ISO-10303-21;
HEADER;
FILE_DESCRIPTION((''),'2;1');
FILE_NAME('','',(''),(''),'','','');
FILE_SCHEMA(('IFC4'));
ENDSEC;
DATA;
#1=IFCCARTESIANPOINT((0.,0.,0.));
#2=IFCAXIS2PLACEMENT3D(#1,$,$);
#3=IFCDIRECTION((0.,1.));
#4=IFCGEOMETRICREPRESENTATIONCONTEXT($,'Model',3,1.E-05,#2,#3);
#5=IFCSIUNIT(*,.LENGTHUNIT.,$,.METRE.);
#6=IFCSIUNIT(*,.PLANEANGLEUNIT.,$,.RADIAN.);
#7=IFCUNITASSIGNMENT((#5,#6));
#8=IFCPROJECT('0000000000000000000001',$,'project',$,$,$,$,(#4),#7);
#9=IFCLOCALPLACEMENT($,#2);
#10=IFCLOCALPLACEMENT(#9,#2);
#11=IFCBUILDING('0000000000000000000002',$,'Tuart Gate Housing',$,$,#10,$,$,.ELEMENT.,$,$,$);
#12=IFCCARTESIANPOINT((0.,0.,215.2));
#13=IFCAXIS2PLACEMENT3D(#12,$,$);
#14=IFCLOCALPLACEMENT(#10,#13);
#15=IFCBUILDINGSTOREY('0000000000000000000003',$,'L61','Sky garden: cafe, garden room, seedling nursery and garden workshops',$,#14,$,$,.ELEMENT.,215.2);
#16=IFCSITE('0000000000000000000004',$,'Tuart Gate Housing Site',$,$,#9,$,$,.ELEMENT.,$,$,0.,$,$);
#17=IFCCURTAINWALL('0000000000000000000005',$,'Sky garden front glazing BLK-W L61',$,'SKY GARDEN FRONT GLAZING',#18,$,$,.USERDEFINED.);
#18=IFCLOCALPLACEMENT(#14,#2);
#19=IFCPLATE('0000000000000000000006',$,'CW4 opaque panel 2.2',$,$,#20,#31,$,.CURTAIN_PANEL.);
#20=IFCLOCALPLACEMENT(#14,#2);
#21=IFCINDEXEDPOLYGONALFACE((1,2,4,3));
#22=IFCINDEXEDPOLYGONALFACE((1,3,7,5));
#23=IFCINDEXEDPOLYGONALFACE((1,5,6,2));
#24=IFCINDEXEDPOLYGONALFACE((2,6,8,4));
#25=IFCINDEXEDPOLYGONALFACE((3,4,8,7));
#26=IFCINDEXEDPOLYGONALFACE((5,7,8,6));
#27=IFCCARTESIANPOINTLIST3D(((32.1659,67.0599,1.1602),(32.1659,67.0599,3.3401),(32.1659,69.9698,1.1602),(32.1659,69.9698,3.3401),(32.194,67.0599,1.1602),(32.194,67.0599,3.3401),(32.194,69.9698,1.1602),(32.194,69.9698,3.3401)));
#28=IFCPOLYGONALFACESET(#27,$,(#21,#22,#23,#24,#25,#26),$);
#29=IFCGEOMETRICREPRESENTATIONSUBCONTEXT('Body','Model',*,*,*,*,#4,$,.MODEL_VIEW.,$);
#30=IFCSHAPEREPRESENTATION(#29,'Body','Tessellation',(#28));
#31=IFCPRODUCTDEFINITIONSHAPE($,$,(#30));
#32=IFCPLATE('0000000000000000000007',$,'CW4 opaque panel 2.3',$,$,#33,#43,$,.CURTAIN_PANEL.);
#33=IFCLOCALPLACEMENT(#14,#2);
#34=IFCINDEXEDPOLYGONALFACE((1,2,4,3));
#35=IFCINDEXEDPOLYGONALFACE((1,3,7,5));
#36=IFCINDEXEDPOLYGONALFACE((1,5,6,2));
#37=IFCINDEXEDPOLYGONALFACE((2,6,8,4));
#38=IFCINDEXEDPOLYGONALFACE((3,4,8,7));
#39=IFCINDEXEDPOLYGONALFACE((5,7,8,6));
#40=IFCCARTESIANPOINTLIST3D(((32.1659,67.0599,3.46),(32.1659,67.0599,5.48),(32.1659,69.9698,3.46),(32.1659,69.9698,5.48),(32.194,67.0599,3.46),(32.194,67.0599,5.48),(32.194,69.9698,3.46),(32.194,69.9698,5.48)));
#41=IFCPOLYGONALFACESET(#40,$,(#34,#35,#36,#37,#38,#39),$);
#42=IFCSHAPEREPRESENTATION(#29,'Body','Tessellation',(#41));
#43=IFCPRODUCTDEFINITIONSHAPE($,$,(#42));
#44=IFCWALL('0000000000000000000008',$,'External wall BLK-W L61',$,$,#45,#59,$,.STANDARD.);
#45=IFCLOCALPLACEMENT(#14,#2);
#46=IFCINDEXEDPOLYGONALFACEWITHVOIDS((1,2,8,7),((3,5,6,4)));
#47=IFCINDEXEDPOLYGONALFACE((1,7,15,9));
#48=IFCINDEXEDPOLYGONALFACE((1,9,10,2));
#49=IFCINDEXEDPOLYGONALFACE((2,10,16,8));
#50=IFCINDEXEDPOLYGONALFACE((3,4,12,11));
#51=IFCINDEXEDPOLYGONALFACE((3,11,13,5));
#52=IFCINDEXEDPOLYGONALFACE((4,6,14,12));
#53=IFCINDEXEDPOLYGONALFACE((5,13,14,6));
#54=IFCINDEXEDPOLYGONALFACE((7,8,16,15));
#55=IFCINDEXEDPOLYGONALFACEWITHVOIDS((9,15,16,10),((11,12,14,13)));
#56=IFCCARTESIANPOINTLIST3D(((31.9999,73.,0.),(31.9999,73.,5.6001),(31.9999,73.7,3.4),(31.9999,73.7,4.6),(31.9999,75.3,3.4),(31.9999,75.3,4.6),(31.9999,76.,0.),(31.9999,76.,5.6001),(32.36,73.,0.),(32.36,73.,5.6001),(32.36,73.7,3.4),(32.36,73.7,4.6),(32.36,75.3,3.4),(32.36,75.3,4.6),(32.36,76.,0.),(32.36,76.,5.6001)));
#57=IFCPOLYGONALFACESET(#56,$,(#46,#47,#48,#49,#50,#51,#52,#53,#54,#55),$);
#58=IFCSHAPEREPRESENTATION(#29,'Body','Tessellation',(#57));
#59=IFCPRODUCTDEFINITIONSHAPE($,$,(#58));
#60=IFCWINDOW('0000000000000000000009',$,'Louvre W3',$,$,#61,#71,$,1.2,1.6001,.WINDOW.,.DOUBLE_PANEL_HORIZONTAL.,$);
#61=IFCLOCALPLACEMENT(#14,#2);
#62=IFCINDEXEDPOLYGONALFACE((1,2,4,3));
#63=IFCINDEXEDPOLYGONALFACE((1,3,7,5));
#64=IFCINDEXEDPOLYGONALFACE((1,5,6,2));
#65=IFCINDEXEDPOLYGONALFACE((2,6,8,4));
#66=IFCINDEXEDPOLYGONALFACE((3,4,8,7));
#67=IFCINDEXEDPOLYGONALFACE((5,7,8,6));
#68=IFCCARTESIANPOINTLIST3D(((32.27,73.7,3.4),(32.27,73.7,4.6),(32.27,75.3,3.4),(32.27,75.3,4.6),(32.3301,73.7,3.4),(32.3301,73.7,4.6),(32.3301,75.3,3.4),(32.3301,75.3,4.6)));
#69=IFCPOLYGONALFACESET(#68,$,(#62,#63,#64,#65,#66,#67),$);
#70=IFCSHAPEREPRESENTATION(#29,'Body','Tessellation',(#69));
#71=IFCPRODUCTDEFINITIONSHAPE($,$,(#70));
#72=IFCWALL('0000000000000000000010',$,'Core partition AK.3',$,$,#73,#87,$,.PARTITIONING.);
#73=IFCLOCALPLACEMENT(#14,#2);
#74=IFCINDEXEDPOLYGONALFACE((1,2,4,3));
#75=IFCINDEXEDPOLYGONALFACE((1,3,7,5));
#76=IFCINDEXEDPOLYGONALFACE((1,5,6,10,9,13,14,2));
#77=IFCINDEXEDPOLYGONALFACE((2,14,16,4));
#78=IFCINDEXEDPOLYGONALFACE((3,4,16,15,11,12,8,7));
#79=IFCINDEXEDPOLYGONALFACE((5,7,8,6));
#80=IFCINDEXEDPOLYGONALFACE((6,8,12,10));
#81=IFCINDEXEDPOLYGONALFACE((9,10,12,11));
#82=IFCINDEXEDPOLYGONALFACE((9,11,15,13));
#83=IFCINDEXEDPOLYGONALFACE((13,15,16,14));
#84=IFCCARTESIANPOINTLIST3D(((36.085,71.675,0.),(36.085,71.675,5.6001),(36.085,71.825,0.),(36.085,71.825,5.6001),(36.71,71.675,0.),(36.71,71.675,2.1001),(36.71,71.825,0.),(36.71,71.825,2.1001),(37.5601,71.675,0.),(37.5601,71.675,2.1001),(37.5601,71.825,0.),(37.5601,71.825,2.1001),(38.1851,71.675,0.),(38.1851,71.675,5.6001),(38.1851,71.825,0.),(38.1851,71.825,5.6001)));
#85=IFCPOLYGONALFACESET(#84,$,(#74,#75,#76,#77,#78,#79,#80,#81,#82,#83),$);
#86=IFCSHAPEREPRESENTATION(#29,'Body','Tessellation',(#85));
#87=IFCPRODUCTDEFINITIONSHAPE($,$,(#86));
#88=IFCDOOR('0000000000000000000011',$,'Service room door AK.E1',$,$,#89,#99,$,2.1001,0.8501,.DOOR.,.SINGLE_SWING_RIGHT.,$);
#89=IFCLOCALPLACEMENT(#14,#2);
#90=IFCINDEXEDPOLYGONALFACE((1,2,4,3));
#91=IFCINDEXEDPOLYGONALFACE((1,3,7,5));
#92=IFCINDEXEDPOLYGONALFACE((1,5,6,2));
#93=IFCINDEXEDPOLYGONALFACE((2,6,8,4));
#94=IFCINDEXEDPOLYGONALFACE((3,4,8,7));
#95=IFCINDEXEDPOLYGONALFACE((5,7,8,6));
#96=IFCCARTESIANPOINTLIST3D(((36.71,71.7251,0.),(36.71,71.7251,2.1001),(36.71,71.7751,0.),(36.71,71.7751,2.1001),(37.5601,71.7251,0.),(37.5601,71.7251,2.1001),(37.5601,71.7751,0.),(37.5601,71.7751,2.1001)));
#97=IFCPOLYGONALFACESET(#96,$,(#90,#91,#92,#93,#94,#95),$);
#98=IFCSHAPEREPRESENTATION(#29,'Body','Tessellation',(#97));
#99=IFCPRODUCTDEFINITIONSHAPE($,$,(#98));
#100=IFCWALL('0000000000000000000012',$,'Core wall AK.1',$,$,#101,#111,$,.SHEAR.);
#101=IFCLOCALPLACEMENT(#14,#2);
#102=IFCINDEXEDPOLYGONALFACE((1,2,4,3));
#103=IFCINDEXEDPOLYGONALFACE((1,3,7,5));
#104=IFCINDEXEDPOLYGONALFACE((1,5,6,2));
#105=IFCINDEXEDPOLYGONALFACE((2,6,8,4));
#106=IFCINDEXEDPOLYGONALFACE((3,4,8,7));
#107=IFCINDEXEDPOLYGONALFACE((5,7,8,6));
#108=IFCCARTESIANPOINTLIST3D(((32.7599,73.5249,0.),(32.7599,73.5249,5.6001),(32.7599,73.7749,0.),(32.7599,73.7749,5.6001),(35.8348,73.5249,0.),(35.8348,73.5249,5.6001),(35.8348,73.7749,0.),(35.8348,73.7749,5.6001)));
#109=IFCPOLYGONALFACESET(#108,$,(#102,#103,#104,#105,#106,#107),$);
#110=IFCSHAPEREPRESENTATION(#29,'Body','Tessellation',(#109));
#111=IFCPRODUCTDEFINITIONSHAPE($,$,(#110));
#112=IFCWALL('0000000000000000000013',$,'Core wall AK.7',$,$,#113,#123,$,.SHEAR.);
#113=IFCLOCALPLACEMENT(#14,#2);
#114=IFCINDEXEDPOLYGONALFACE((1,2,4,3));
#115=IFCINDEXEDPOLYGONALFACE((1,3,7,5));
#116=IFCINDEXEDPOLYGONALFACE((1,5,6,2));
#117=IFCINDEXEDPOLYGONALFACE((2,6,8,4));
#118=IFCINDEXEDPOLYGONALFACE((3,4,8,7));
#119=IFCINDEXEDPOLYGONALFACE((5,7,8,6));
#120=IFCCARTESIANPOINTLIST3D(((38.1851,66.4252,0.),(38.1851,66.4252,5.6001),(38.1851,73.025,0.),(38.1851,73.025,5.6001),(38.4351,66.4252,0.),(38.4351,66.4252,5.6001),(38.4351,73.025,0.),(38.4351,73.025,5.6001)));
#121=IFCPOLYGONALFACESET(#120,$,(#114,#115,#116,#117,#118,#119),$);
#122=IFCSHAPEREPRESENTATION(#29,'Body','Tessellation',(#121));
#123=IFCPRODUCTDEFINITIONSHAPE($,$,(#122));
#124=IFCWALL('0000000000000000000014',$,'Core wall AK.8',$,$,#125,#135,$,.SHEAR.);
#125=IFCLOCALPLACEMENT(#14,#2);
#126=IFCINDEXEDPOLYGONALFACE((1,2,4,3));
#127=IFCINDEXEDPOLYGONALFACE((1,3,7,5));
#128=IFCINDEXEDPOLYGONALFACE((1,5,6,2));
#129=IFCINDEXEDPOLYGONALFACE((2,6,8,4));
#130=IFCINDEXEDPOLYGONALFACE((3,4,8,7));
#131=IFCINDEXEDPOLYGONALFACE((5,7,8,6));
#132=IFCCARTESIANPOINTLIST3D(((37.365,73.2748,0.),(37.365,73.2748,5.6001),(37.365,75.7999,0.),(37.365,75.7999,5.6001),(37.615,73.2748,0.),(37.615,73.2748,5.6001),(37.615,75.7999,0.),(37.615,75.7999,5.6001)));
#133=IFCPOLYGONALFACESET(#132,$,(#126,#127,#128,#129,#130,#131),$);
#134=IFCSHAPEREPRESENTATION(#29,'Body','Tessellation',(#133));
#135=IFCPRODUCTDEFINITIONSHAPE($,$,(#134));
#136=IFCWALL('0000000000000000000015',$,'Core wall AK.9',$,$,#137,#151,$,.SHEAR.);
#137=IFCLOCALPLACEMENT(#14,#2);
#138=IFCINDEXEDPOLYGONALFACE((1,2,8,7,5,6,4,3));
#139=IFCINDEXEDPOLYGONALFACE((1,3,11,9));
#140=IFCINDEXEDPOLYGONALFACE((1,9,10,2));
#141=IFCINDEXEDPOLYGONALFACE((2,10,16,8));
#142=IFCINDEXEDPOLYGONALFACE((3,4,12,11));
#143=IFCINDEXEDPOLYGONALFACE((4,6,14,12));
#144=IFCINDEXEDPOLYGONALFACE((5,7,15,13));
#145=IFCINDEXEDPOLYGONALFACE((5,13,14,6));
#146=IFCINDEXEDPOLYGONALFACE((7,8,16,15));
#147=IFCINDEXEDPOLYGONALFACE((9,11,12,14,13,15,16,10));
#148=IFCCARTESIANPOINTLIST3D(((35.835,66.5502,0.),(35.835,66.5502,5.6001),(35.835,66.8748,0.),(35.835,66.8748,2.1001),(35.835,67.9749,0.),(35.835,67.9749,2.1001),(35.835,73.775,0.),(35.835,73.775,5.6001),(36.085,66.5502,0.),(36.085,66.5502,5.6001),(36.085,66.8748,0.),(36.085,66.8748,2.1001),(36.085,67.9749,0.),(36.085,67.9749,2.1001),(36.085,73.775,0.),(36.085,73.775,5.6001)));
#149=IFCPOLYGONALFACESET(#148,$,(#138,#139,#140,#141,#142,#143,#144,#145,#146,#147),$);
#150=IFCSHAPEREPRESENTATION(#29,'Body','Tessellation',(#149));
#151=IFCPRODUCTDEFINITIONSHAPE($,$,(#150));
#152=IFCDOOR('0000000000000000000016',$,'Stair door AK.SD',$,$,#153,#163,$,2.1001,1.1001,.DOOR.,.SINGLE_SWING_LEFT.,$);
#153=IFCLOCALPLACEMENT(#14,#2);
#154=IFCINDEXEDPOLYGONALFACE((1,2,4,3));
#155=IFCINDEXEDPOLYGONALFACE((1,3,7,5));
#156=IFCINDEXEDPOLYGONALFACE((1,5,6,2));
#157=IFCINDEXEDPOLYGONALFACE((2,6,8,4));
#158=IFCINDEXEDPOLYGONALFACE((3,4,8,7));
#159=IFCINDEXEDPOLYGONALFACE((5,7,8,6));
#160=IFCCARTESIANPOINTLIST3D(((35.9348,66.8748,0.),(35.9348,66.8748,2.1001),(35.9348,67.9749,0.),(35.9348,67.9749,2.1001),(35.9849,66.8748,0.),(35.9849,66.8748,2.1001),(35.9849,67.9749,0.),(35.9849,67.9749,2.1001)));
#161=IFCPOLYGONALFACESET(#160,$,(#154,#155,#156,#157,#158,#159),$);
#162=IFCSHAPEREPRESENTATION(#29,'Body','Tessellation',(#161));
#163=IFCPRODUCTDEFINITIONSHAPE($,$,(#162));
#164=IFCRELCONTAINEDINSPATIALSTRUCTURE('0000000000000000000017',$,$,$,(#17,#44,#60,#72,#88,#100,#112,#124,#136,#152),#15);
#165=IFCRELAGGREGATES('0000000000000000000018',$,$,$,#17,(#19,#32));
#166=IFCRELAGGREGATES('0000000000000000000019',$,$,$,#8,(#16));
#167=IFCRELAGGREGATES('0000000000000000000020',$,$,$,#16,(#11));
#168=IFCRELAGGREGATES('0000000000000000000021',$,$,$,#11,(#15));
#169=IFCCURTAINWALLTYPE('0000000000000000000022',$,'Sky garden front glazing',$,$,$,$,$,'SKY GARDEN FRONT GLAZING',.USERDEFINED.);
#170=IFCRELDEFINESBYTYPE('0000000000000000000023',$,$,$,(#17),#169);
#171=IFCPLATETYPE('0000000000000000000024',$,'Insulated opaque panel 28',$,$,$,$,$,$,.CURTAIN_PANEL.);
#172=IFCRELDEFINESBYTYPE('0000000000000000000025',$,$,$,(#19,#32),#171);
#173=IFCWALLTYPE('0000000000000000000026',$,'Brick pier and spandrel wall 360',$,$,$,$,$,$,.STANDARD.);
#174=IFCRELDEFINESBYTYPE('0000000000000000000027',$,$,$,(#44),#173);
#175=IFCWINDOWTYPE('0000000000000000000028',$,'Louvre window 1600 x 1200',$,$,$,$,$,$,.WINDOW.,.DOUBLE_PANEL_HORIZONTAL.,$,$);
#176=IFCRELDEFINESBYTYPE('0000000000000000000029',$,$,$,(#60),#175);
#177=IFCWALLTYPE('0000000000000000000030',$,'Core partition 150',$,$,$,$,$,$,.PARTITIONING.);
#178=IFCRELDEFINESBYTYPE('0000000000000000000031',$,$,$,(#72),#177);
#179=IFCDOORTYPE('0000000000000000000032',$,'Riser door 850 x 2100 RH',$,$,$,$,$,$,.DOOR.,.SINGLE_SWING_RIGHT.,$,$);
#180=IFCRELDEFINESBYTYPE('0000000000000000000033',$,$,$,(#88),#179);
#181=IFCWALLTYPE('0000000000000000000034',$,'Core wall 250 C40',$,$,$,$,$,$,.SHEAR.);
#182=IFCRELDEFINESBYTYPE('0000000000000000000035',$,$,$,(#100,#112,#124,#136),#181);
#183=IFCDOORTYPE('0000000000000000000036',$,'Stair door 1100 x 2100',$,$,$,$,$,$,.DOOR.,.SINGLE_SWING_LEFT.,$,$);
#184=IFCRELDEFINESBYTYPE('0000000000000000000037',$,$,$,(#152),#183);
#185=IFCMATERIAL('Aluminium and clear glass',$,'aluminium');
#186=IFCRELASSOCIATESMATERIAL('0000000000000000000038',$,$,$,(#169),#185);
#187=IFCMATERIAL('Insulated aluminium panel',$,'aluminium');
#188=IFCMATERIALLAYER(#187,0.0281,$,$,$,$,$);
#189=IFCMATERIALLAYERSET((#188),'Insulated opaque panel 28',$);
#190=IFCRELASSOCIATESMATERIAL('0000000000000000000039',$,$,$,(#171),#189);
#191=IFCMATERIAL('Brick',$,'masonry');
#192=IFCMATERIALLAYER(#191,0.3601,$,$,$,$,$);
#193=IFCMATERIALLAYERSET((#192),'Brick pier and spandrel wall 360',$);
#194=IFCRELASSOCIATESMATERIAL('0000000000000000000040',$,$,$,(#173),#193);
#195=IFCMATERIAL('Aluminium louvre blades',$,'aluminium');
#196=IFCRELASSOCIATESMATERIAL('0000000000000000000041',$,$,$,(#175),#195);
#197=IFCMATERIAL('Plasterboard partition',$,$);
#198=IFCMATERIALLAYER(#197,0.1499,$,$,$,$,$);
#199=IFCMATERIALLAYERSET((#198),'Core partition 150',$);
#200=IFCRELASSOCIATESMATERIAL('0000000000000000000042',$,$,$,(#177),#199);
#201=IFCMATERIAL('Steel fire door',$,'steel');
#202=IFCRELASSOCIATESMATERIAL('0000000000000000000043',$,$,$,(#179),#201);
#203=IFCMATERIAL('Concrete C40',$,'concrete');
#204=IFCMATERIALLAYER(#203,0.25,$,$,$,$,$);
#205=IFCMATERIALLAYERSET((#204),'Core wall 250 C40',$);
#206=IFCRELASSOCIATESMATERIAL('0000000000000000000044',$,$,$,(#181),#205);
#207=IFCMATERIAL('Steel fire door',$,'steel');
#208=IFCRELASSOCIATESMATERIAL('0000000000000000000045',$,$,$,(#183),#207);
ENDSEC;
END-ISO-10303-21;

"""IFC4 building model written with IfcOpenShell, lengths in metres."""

from ifc_helpers import new_model, si_unit, direction, frame, frame_2d, origin, origin_2d, place, context, subcontext, project, spatial, rectangle, extrude, material, layer, layer_set, type_object, element, fill, aggregate, save


model = new_model("IFC4")

# Units and contexts
model_context = context("Model", 3, precision=1e-05, world=origin(), true_north=direction((0.0, 1.0)))
body_context = subcontext(model_context, "Body", "Model", "MODEL_VIEW")
ifc_project = project(units=[si_unit("LENGTHUNIT", "METRE"), si_unit("PLANEANGLEUNIT", "RADIAN")], contexts=[model_context])

# Site, building, storey
site_placement = place(None, origin())
site = spatial("IfcSite", under=ifc_project, at=site_placement, Name="Tuart Gate Housing Site", CompositionType="ELEMENT", RefElevation=0.0)
building_placement = place(site_placement, origin())
building = spatial("IfcBuilding", under=site, at=building_placement, Name="Tuart Gate Housing", CompositionType="ELEMENT")
storey_placement = place(building_placement, frame((0.0, 0.0, 215.2)))
storey = spatial("IfcBuildingStorey", under=building, at=storey_placement, Name="L61", Description="Sky garden: cafe, garden room, seedling nursery and garden workshops", CompositionType="ELEMENT", Elevation=215.2)

# Curtain wall, plates
ifc_material_1 = material(Name="Aluminium and clear glass", Category="aluminium")
curtain_wall_type = type_object("IfcCurtainWallType", Name="Sky garden front glazing", ElementType="SKY GARDEN FRONT GLAZING", PredefinedType="USERDEFINED", material=ifc_material_1)
curtain_wall_placement = place(storey_placement, origin())
curtain_wall = element("IfcCurtainWall", 1, at=curtain_wall_placement, inside=storey, type_object=curtain_wall_type, Name="Sky garden front glazing BLK-W L61", ObjectType="SKY GARDEN FRONT GLAZING", PredefinedType="USERDEFINED")
ifc_material_2 = material(Name="Insulated aluminium panel", Category="aluminium")
ifc_layer_1 = layer(ifc_material_2, 0.0281)
ifc_layer_set_1 = layer_set([ifc_layer_1], Name="Insulated opaque panel 28")
plate_type_1 = type_object("IfcPlateType", Name="Insulated opaque panel 28", PredefinedType="CURTAIN_PANEL", material=ifc_layer_set_1)
plate_1_placement = place(storey_placement, frame((32.1799, 68.5149, 1.1602), z_axis=(0.0, 0.0, 1.0), x_axis=(0.0, -1.0, 0.0)))
plate_1 = element("IfcPlate", 2, at=plate_1_placement, type_object=plate_type_1, Name="CW4 opaque panel 2.2", PredefinedType="CURTAIN_PANEL", context=body_context, shape_type="SweptSolid", body=[
    extrude(rectangle(XDim=2.9099, YDim=0.0281, at=origin_2d()), origin(), (0.0, 0.0, 1.0), 2.1799),
])
plate_2_placement = place(storey_placement, frame((32.1799, 68.5149, 3.46), z_axis=(0.0, 0.0, 1.0), x_axis=(0.0, -1.0, 0.0)))
plate_2 = element("IfcPlate", 3, at=plate_2_placement, type_object=plate_type_1, Name="CW4 opaque panel 2.3", PredefinedType="CURTAIN_PANEL", context=body_context, shape_type="SweptSolid", body=[
    extrude(rectangle(XDim=2.9099, YDim=0.0281, at=origin_2d()), origin(), (0.0, 0.0, 1.0), 2.02),
])
aggregate(curtain_wall, [plate_1, plate_2])

# Wall, opening, window
ifc_material_3 = material(Name="Brick", Category="masonry")
ifc_layer_2 = layer(ifc_material_3, 0.3601)
ifc_layer_set_2 = layer_set([ifc_layer_2], Name="Brick pier and spandrel wall 360")
wall_type_1 = type_object("IfcWallType", Name="Brick pier and spandrel wall 360", PredefinedType="STANDARD", material=ifc_layer_set_2)
wall_1_placement = place(storey_placement, frame((32.1799, 76.0, 0.0), z_axis=(0.0, 0.0, 1.0), x_axis=(0.0, -1.0, 0.0)))
wall_1 = element("IfcWall", 4, at=wall_1_placement, inside=storey, type_object=wall_type_1, Name="External wall BLK-W L61", PredefinedType="STANDARD", context=body_context, shape_type="SweptSolid", body=[
    extrude(rectangle(XDim=3.0, YDim=0.3601, at=frame_2d((1.5, 0.0))), origin(), (0.0, 0.0, 1.0), 5.6001),
])
opening_1_placement = place(wall_1_placement, frame((0.7, 0.0, 3.3999)))
opening_1 = element("IfcOpeningElement", 5, at=opening_1_placement, cuts=wall_1, PredefinedType="OPENING", context=body_context, shape_type="SweptSolid", body=[
    extrude(rectangle(XDim=1.6001, YDim=1.2, at=frame_2d((0.8, 0.6001))), frame((0.0, 0.1899, 0.0), z_axis=(0.0, -1.0, 0.0), x_axis=(1.0, 0.0, 0.0)), (0.0, 0.0, 1.0), 0.3801),
])
ifc_material_4 = material(Name="Aluminium louvre blades", Category="aluminium")
window_type = type_object("IfcWindowType", Name="Louvre window 1600 x 1200", PartitioningType="DOUBLE_PANEL_HORIZONTAL", PredefinedType="WINDOW", material=ifc_material_4)
window_placement = place(opening_1_placement, origin())
window = element("IfcWindow", 6, at=window_placement, inside=storey, type_object=window_type, Name="Louvre W3", OverallHeight=1.2, OverallWidth=1.6001, PartitioningType="DOUBLE_PANEL_HORIZONTAL", PredefinedType="WINDOW", context=body_context, shape_type="SweptSolid", body=[
    extrude(rectangle(XDim=1.6001, YDim=1.2, at=frame_2d((0.8, 0.6001))), frame((0.0, 0.1501, 0.0), z_axis=(0.0, -1.0, 0.0), x_axis=(1.0, 0.0, 0.0)), (0.0, 0.0, 1.0), 0.0601),
])
fill(opening_1, window)

# Wall, opening, door
ifc_material_5 = material(Name="Plasterboard partition")
ifc_layer_3 = layer(ifc_material_5, 0.1499)
ifc_layer_set_3 = layer_set([ifc_layer_3], Name="Core partition 150")
wall_type_2 = type_object("IfcWallType", Name="Core partition 150", PredefinedType="PARTITIONING", material=ifc_layer_set_3)
wall_2_placement = place(storey_placement, frame((38.1851, 71.75, 0.0), z_axis=(0.0, 0.0, 1.0), x_axis=(-1.0, 0.0, 0.0)))
wall_2 = element("IfcWall", 7, at=wall_2_placement, inside=storey, type_object=wall_type_2, Name="Core partition AK.3", PredefinedType="PARTITIONING", context=body_context, shape_type="SweptSolid", body=[
    extrude(rectangle(XDim=2.1001, YDim=0.1499, at=frame_2d((1.05, 0.0))), origin(), (0.0, 0.0, 1.0), 5.6001),
])
opening_2_placement = place(wall_2_placement, frame((0.625, 0.0, 0.0)))
opening_2 = element("IfcOpeningElement", 8, at=opening_2_placement, cuts=wall_2, PredefinedType="OPENING", context=body_context, shape_type="SweptSolid", body=[
    extrude(rectangle(XDim=0.8501, YDim=2.1001, at=frame_2d((0.425, 1.05))), frame((0.0, 0.085, 0.0), z_axis=(0.0, -1.0, 0.0), x_axis=(1.0, 0.0, 0.0)), (0.0, 0.0, 1.0), 0.1699),
])
ifc_material_6 = material(Name="Steel fire door", Category="steel")
door_type_1 = type_object("IfcDoorType", Name="Riser door 850 x 2100 RH", OperationType="SINGLE_SWING_RIGHT", PredefinedType="DOOR", material=ifc_material_6)
door_1_placement = place(opening_2_placement, frame((0.8501, 0.0, 0.0), z_axis=(0.0, 0.0, 1.0), x_axis=(-1.0, 0.0, 0.0)))
door_1 = element("IfcDoor", 9, at=door_1_placement, inside=storey, type_object=door_type_1, Name="Service room door AK.E1", OperationType="SINGLE_SWING_RIGHT", OverallHeight=2.1001, OverallWidth=0.8501, PredefinedType="DOOR", context=body_context, shape_type="SweptSolid", body=[
    extrude(rectangle(XDim=0.8501, YDim=2.1001, at=frame_2d((0.425, 1.05))), frame((0.0, 0.0251, 0.0), z_axis=(0.0, -1.0, 0.0), x_axis=(1.0, 0.0, 0.0)), (0.0, 0.0, 1.0), 0.05),
])
fill(opening_2, door_1)

# Walls
ifc_material_7 = material(Name="Concrete C40", Category="concrete")
ifc_layer_4 = layer(ifc_material_7, 0.25)
ifc_layer_set_4 = layer_set([ifc_layer_4], Name="Core wall 250 C40")
wall_type_3 = type_object("IfcWallType", Name="Core wall 250 C40", PredefinedType="SHEAR", material=ifc_layer_set_4)
wall_3_placement = place(storey_placement, frame((35.835, 73.6499, 0.0), z_axis=(0.0, 0.0, 1.0), x_axis=(-1.0, 0.0, 0.0)))
element("IfcWall", 10, at=wall_3_placement, inside=storey, type_object=wall_type_3, Name="Core wall AK.1", PredefinedType="SHEAR", context=body_context, shape_type="SweptSolid", body=[
    extrude(rectangle(XDim=3.075, YDim=0.25, at=frame_2d((1.5376, 0.0))), origin(), (0.0, 0.0, 1.0), 5.6001),
])
wall_4_placement = place(storey_placement, frame((38.3101, 73.0249, 0.0), z_axis=(0.0, 0.0, 1.0), x_axis=(0.0, -1.0, 0.0)))
element("IfcWall", 11, at=wall_4_placement, inside=storey, type_object=wall_type_3, Name="Core wall AK.7", PredefinedType="SHEAR", context=body_context, shape_type="SweptSolid", body=[
    extrude(rectangle(XDim=6.5999, YDim=0.25, at=frame_2d((3.2998, 0.0))), origin(), (0.0, 0.0, 1.0), 5.6001),
])
wall_5_placement = place(storey_placement, frame((37.49, 75.8, 0.0), z_axis=(0.0, 0.0, 1.0), x_axis=(0.0, -1.0, 0.0)))
element("IfcWall", 12, at=wall_5_placement, inside=storey, type_object=wall_type_3, Name="Core wall AK.8", PredefinedType="SHEAR", context=body_context, shape_type="SweptSolid", body=[
    extrude(rectangle(XDim=2.5251, YDim=0.25, at=frame_2d((1.2627, 0.0))), origin(), (0.0, 0.0, 1.0), 5.6001),
])

# Wall, opening, door
wall_6_placement = place(storey_placement, frame((35.96, 73.7749, 0.0), z_axis=(0.0, 0.0, 1.0), x_axis=(0.0, -1.0, 0.0)))
wall_6 = element("IfcWall", 13, at=wall_6_placement, inside=storey, type_object=wall_type_3, Name="Core wall AK.9", PredefinedType="SHEAR", context=body_context, shape_type="SweptSolid", body=[
    extrude(rectangle(XDim=7.2249, YDim=0.25, at=frame_2d((3.6123, 0.0))), origin(), (0.0, 0.0, 1.0), 5.6001),
])
opening_3_placement = place(wall_6_placement, frame((5.8, 0.0, 0.0)))
opening_3 = element("IfcOpeningElement", 14, at=opening_3_placement, cuts=wall_6, PredefinedType="OPENING", context=body_context, shape_type="SweptSolid", body=[
    extrude(rectangle(XDim=1.1001, YDim=2.1001, at=frame_2d((0.55, 1.05))), frame((0.0, 0.135, 0.0), z_axis=(0.0, -1.0, 0.0), x_axis=(1.0, 0.0, 0.0)), (0.0, 0.0, 1.0), 0.27),
])
ifc_material_8 = material(Name="Steel fire door", Category="steel")
door_type_2 = type_object("IfcDoorType", Name="Stair door 1100 x 2100", OperationType="SINGLE_SWING_LEFT", PredefinedType="DOOR", material=ifc_material_8)
door_2_placement = place(opening_3_placement, frame((1.1001, 0.0, 0.0), z_axis=(0.0, 0.0, 1.0), x_axis=(-1.0, 0.0, 0.0)))
door_2 = element("IfcDoor", 15, at=door_2_placement, inside=storey, type_object=door_type_2, Name="Stair door AK.SD", OperationType="SINGLE_SWING_LEFT", OverallHeight=2.1001, OverallWidth=1.1001, PredefinedType="DOOR", context=body_context, shape_type="SweptSolid", body=[
    extrude(rectangle(XDim=1.1001, YDim=2.1001, at=frame_2d((0.55, 1.05))), frame((0.0, 0.0251, 0.0), z_axis=(0.0, -1.0, 0.0), x_axis=(1.0, 0.0, 0.0)), (0.0, 0.0, 1.0), 0.05),
])
fill(opening_3, door_2)

save(model, "model.ifc")
